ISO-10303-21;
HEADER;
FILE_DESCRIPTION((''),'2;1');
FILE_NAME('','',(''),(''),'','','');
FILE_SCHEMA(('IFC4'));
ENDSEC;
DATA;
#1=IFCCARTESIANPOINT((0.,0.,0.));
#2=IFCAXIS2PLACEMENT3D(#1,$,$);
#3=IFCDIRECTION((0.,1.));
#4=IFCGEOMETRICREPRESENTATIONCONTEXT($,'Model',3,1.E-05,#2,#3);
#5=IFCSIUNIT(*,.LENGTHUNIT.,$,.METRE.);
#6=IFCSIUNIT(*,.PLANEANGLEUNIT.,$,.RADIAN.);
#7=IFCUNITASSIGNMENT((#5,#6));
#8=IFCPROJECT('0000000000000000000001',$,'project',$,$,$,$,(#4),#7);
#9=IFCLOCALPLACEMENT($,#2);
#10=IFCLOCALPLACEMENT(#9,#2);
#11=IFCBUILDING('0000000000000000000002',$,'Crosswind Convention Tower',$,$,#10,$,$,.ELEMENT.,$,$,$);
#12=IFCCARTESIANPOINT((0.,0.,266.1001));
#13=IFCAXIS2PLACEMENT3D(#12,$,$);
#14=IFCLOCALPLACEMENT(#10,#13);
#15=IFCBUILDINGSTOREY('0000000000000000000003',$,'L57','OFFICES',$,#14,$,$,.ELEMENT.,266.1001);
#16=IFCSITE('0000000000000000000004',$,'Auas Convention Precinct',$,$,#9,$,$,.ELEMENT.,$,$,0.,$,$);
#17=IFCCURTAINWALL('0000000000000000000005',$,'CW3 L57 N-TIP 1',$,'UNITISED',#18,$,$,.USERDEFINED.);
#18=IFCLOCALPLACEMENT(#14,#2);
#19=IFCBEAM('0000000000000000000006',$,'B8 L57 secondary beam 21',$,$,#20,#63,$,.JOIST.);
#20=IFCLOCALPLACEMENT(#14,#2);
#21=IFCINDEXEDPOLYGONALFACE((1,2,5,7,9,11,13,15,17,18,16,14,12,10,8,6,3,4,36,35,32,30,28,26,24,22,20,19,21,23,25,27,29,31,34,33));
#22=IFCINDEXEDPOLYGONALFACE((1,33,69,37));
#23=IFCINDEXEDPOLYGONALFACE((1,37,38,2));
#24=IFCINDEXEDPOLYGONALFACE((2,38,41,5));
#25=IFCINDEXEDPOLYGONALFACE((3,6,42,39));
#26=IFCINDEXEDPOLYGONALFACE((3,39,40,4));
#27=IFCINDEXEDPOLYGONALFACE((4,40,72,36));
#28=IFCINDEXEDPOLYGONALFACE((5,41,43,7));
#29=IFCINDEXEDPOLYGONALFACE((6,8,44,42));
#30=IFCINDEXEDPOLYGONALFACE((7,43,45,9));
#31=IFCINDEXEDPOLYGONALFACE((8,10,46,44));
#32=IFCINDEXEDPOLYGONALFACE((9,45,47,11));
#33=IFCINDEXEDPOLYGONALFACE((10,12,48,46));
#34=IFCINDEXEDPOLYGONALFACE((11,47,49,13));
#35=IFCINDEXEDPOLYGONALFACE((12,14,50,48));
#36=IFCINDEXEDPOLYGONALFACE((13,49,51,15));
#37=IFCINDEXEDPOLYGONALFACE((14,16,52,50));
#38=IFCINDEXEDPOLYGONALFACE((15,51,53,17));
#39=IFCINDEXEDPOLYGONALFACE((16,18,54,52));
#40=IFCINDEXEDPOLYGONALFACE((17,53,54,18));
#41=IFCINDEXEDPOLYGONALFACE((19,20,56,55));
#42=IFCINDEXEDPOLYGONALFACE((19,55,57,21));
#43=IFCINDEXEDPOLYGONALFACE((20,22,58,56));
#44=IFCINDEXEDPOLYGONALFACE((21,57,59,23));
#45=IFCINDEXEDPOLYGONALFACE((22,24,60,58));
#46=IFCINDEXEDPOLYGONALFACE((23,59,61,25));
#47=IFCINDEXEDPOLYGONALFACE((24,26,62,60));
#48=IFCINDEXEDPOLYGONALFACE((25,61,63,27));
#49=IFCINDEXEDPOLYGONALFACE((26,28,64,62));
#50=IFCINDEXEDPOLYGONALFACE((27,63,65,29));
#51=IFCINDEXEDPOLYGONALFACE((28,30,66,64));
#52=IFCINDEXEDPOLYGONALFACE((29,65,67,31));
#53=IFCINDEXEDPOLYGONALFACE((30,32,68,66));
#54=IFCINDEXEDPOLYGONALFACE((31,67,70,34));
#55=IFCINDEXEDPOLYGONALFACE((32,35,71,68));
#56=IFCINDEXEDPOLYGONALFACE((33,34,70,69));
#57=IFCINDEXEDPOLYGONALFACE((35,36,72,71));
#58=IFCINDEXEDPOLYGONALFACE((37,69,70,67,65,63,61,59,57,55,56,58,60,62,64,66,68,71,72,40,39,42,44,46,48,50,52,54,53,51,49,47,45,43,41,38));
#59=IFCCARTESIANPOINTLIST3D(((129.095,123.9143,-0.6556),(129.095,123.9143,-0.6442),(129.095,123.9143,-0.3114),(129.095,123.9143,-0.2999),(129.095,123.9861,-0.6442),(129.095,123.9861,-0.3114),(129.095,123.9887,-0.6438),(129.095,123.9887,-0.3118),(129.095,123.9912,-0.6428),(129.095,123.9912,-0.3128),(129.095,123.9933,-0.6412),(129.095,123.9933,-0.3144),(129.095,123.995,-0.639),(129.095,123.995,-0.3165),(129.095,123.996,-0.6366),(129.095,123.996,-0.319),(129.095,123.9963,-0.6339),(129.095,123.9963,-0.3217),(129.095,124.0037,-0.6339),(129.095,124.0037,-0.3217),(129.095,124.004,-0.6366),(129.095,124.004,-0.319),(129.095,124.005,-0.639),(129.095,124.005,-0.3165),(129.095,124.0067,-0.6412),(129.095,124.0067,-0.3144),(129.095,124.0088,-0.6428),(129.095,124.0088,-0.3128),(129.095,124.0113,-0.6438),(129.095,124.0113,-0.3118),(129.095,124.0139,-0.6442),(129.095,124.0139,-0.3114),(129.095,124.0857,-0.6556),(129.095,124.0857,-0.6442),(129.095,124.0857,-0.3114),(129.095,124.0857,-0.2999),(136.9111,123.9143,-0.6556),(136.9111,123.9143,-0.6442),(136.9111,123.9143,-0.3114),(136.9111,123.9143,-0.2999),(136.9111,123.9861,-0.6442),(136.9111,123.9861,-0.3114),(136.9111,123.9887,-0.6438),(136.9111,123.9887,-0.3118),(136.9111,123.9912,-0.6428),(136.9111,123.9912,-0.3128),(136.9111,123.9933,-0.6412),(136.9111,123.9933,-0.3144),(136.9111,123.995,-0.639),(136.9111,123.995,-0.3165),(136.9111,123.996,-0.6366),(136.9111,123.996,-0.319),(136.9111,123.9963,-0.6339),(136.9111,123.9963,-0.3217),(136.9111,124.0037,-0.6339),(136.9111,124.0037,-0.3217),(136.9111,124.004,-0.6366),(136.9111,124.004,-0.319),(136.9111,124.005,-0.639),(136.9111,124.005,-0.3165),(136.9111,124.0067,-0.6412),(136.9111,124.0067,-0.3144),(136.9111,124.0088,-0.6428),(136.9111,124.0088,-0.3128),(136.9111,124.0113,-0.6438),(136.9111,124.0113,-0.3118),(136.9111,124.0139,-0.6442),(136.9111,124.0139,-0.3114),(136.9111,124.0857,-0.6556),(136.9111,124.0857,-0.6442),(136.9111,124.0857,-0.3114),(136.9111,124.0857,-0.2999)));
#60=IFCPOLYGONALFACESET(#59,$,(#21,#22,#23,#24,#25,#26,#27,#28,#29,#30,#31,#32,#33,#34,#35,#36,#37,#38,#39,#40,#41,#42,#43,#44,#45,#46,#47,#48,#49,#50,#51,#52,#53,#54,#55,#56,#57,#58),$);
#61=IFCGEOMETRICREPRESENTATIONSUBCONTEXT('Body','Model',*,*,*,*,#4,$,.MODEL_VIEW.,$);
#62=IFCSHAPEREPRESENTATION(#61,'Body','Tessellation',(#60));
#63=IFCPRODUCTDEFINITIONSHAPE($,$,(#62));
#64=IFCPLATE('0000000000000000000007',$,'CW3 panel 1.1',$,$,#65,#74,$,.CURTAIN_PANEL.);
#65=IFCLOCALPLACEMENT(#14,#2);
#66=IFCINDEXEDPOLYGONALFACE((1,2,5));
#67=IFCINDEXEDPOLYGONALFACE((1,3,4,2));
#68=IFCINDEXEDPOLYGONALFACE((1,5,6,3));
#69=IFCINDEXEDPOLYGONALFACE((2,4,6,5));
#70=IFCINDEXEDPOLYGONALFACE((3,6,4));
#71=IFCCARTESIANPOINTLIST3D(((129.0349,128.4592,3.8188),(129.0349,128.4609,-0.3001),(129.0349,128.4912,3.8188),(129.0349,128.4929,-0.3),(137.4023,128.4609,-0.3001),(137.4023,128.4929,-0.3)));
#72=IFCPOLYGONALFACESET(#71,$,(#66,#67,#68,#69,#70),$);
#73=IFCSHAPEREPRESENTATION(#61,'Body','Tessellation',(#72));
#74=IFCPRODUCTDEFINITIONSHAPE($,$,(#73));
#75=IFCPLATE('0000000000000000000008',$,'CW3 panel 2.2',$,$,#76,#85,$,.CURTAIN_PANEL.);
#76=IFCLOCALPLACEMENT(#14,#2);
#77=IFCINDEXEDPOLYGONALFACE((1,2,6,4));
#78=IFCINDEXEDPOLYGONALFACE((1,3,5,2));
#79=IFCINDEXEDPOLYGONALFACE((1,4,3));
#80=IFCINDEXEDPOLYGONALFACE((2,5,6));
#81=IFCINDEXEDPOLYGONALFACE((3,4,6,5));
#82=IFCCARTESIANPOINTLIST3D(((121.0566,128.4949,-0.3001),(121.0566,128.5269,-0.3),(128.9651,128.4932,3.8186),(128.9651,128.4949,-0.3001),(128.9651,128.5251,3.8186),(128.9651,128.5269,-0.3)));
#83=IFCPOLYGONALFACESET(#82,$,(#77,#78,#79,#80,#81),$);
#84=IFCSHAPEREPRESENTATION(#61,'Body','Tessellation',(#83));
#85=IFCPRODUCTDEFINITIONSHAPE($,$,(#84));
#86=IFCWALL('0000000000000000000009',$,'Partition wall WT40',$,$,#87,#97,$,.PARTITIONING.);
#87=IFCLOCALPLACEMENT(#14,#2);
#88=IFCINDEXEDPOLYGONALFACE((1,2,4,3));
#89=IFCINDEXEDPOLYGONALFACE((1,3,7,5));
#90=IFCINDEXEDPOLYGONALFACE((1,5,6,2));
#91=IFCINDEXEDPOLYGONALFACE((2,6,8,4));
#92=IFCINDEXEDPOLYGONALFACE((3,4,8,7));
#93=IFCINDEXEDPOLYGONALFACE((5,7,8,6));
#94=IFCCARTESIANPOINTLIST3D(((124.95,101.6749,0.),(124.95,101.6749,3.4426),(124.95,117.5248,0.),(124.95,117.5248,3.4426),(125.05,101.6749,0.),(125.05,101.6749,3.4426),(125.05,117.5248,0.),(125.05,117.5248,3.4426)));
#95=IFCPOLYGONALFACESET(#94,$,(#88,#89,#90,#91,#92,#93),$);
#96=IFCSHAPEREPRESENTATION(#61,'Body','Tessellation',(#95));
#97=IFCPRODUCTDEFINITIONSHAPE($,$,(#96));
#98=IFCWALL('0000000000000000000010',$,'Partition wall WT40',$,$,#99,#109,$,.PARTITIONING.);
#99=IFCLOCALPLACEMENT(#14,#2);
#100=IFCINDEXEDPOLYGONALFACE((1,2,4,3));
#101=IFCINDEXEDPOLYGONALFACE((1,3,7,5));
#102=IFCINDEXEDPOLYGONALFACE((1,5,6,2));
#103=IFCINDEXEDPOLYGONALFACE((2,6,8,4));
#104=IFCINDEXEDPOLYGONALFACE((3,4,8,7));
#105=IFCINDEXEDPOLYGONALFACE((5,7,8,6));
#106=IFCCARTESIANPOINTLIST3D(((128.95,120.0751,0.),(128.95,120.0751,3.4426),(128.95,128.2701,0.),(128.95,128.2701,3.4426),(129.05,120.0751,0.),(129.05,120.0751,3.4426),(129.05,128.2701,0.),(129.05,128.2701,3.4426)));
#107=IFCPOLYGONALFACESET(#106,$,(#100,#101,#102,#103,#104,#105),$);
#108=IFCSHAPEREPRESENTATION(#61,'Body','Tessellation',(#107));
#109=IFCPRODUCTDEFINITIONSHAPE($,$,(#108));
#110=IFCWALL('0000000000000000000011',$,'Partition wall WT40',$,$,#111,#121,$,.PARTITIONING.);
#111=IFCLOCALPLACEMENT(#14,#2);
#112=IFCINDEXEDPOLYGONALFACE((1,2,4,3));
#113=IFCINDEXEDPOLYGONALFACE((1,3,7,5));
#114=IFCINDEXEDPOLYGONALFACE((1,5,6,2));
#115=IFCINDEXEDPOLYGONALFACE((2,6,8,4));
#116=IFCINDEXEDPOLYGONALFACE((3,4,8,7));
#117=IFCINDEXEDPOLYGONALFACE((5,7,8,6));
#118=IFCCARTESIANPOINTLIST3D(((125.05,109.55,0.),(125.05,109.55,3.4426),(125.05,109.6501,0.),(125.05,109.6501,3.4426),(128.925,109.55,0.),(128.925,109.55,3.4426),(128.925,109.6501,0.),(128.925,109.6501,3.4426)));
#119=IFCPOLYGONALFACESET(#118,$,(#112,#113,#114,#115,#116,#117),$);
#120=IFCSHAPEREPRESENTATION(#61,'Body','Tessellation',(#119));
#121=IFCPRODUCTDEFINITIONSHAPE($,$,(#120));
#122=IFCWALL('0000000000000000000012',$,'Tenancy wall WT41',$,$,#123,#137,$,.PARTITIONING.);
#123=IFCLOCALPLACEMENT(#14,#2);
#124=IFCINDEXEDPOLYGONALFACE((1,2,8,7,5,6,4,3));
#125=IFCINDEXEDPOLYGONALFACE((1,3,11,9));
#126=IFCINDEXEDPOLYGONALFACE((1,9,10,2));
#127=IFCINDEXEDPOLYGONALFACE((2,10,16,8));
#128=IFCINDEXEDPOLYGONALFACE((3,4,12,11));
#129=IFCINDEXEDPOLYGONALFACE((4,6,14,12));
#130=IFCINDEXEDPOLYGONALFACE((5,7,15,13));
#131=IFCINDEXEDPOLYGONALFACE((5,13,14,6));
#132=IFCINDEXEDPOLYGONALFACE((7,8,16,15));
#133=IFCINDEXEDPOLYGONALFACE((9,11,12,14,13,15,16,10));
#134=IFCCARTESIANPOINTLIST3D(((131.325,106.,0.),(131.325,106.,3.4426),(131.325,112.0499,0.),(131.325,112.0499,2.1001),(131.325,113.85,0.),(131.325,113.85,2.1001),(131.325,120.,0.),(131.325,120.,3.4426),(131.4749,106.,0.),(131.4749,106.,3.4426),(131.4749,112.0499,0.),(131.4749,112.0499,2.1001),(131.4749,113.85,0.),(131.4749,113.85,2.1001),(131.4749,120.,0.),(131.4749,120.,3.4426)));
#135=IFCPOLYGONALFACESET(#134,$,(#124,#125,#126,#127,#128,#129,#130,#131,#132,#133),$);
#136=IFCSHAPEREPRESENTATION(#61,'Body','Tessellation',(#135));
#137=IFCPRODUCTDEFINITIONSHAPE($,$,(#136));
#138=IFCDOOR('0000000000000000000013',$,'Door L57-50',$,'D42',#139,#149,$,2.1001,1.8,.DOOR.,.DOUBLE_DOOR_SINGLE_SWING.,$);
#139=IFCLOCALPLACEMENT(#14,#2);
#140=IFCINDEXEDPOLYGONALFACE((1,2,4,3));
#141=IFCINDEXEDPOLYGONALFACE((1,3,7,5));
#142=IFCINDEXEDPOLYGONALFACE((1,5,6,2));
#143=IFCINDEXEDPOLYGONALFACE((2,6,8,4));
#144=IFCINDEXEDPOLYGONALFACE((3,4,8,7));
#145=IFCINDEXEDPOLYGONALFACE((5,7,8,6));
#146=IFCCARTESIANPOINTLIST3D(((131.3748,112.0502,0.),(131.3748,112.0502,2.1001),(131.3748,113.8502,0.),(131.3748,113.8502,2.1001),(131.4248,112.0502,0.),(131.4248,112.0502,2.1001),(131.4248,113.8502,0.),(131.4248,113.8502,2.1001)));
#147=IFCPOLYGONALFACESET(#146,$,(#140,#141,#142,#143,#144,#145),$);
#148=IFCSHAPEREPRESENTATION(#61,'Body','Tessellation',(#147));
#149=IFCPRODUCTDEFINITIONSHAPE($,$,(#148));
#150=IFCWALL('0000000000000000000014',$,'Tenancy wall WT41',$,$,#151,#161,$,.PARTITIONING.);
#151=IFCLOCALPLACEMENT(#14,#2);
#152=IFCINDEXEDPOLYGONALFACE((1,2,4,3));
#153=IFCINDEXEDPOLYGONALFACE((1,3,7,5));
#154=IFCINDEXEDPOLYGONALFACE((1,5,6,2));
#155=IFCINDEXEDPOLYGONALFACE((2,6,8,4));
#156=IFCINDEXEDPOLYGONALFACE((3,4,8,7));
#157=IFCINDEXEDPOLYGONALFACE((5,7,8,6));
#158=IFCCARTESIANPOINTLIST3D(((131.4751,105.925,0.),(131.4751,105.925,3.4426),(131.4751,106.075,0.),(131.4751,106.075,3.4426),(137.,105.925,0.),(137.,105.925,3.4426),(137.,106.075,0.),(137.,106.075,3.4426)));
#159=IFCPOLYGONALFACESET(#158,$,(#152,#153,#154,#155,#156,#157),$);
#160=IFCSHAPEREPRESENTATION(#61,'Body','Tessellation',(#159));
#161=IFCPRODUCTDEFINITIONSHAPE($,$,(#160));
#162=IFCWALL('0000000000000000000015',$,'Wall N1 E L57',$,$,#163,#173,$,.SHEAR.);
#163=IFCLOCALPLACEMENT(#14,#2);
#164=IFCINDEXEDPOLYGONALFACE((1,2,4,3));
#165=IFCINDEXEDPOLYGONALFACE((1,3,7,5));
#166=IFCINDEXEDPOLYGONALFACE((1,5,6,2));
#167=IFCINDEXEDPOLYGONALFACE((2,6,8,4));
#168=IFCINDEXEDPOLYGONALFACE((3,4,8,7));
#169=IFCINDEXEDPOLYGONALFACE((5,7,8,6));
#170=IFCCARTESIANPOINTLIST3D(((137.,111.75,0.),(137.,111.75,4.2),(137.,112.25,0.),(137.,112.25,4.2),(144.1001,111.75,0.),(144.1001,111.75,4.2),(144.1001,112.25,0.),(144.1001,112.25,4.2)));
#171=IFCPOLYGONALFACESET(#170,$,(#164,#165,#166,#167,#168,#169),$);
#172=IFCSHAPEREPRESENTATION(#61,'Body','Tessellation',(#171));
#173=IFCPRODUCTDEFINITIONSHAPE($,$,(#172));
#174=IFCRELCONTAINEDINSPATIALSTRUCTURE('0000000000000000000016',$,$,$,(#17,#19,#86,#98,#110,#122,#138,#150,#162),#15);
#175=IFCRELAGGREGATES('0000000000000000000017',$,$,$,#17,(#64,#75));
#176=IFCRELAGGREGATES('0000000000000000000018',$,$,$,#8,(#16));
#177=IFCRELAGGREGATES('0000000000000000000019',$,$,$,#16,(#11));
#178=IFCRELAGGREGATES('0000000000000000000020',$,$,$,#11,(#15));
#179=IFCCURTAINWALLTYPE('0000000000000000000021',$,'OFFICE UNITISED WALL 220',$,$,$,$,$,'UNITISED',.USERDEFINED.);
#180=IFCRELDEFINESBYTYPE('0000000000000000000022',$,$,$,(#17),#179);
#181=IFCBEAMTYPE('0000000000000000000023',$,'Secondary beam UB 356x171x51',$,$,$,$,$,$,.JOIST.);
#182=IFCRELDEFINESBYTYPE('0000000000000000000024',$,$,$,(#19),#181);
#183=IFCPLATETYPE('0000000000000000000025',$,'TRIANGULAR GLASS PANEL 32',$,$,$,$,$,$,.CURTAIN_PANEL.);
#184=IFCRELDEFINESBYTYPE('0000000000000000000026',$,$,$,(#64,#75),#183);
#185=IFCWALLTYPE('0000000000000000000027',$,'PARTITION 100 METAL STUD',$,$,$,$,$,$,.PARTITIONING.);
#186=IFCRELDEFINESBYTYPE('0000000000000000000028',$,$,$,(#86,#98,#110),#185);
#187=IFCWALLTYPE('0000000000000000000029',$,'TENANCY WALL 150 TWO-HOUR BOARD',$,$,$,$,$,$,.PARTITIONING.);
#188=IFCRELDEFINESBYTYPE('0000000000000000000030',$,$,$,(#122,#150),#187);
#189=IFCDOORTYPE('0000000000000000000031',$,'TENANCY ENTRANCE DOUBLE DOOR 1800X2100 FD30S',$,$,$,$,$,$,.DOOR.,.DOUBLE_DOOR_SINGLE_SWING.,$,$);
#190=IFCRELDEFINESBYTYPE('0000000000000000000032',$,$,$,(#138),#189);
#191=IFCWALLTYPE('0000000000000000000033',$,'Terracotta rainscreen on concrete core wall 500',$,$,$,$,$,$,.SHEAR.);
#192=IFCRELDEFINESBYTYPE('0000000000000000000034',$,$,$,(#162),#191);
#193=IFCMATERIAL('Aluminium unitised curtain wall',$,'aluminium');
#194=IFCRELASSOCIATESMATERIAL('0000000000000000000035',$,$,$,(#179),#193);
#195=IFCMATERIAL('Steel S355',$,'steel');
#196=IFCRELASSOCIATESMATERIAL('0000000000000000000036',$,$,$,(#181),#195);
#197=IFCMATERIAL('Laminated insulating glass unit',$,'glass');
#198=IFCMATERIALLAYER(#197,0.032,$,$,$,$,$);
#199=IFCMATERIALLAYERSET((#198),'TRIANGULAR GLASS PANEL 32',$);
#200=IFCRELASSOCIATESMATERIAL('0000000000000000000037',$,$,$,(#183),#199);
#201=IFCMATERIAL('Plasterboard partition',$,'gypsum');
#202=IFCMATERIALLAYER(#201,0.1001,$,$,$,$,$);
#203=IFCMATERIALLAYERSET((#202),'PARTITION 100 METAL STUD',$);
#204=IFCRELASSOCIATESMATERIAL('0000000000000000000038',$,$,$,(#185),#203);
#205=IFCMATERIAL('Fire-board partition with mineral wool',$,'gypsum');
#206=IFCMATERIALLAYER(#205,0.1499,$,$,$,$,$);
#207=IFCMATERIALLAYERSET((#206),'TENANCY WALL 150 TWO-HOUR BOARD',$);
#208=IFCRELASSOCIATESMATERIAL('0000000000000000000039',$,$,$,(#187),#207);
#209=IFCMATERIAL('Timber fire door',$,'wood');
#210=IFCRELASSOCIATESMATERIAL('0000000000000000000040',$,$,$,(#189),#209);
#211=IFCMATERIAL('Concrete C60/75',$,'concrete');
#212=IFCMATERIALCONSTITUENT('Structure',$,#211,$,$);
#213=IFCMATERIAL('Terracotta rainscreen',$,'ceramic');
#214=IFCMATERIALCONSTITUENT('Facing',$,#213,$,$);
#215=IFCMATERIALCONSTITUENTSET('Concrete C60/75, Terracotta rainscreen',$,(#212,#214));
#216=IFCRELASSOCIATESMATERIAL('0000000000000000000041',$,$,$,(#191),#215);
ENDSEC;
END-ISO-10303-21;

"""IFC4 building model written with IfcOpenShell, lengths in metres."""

from ifc_helpers import new_model, si_unit, direction, frame, frame_2d, origin, origin_2d, place, context, subcontext, project, spatial, polyline, rectangle, i_section, outline, extrude, material, layer, layer_set, constituent, constituent_set, material_profile, profile_set, type_object, element, fill, aggregate, save


model = new_model("IFC4")

# Units and contexts
model_context = context("Model", 3, precision=1e-05, world=origin(), true_north=direction((0.0, 1.0)))
body_context = subcontext(model_context, "Body", "Model", "MODEL_VIEW")
ifc_project = project(units=[si_unit("LENGTHUNIT", "METRE"), si_unit("PLANEANGLEUNIT", "RADIAN")], contexts=[model_context])

# Site, building, storey
site_placement = place(None, origin())
site = spatial("IfcSite", under=ifc_project, at=site_placement, Name="Auas Convention Precinct", CompositionType="ELEMENT", RefElevation=0.0)
building_placement = place(site_placement, origin())
building = spatial("IfcBuilding", under=site, at=building_placement, Name="Crosswind Convention Tower", CompositionType="ELEMENT")
storey_placement = place(building_placement, frame((0.0, 0.0, 266.1001)))
storey = spatial("IfcBuildingStorey", under=building, at=storey_placement, Name="L57", Description="OFFICES", CompositionType="ELEMENT", Elevation=266.1001)

# Shared definitions
ifc_material_1 = material(Name="Concrete C60/75", Category="concrete")

# Shared definitions
ifc_material_2 = material(Name="Steel S355", Category="steel")

# Curtain wall
ifc_material_3 = material(Name="Aluminium unitised curtain wall", Category="aluminium")
curtain_wall_type = type_object("IfcCurtainWallType", Name="OFFICE UNITISED WALL 220", ElementType="UNITISED", PredefinedType="USERDEFINED", material=ifc_material_3)
curtain_wall_placement = place(storey_placement, origin())
curtain_wall = element("IfcCurtainWall", 1, at=curtain_wall_placement, inside=storey, type_object=curtain_wall_type, Name="CW3 L57 N-TIP 1", ObjectType="UNITISED", PredefinedType="USERDEFINED")

# Beam
ifc_material_profile_1 = material_profile(ifc_material_2, i_section(OverallWidth=0.1714, OverallDepth=0.3557, WebThickness=0.0073, FlangeThickness=0.0115, FilletRadius=0.0103, at=origin_2d()), Name="UB 356x171x51")
ifc_profile_set_1 = profile_set([ifc_material_profile_1], Name="Steel S355")
beam_type_1 = type_object("IfcBeamType", Name="Secondary beam UB 356x171x51", PredefinedType="JOIST", material=ifc_profile_set_1)
for number, where, z_axis, x_axis, name in (
    (2, (129.095, 124.0, -0.4778), (1.0, 0.0, 0.0), (0.0, 1.0, 0.0), "B8 L57 secondary beam 21"),
):
    element("IfcBeam", number, at=place(storey_placement, frame(where, z_axis=z_axis, x_axis=x_axis)), inside=storey, type_object=beam_type_1, Name=name, PredefinedType="JOIST", context=body_context, shape_type="SweptSolid", body=[
        extrude(i_section(OverallWidth=0.1714, OverallDepth=0.3557, WebThickness=0.0073, FlangeThickness=0.0115, FilletRadius=0.0103, at=origin_2d()), origin(), (0.0, 0.0, 1.0), 7.8162),
    ])

# Plates
ifc_material_4 = material(Name="Laminated insulating glass unit", Category="glass")
ifc_layer_1 = layer(ifc_material_4, 0.032)
ifc_layer_set_1 = layer_set([ifc_layer_1], Name="TRIANGULAR GLASS PANEL 32")
plate_type = type_object("IfcPlateType", Name="TRIANGULAR GLASS PANEL 32", PredefinedType="CURTAIN_PANEL", material=ifc_layer_set_1)
plate_1_placement = place(storey_placement, frame((129.0349, 128.4929, -0.3), z_axis=(0.0, 1.0, 0.000415), x_axis=(0.0, -0.000415, 1.0)))
plate_1 = element("IfcPlate", 3, at=plate_1_placement, type_object=plate_type, Name="CW3 panel 1.1", PredefinedType="CURTAIN_PANEL", context=body_context, shape_type="SweptSolid", body=[
    extrude(outline(polyline([(0.0, 0.0), (4.1189, 0.0), (0.0, 8.3674), (0.0, 0.0)])), origin(), (0.0, 0.0, -1.0), 0.032),
])
plate_2_placement = place(storey_placement, frame((128.9651, 128.5269, -0.3), z_axis=(0.0, 1.0, 0.000415), x_axis=(-1.0, 0.0, 0.0)))
plate_2 = element("IfcPlate", 4, at=plate_2_placement, type_object=plate_type, Name="CW3 panel 2.2", PredefinedType="CURTAIN_PANEL", context=body_context, shape_type="SweptSolid", body=[
    extrude(outline(polyline([(0.0, 0.0), (7.9084, 0.0), (0.0, 4.1187), (0.0, 0.0)])), origin(), (0.0, 0.0, -1.0), 0.032),
])
aggregate(curtain_wall, [plate_1, plate_2])

# Walls
ifc_material_5 = material(Name="Plasterboard partition", Category="gypsum")
ifc_layer_2 = layer(ifc_material_5, 0.1001)
ifc_layer_set_2 = layer_set([ifc_layer_2], Name="PARTITION 100 METAL STUD")
wall_type_1 = type_object("IfcWallType", Name="PARTITION 100 METAL STUD", PredefinedType="PARTITIONING", material=ifc_layer_set_2)
wall_1_placement = place(storey_placement, frame((125.0, 101.675, 0.0), z_axis=(0.0, 0.0, 1.0), x_axis=(0.0, 1.0, 0.0)))
element("IfcWall", 5, at=wall_1_placement, inside=storey, type_object=wall_type_1, Name="Partition wall WT40", PredefinedType="PARTITIONING", context=body_context, shape_type="SweptSolid", body=[
    extrude(rectangle(XDim=15.8499, YDim=0.1001, at=frame_2d((7.9248, 0.0))), origin(), (0.0, 0.0, 1.0), 3.4426),
])
wall_2_placement = place(storey_placement, frame((129.0, 120.075, 0.0), z_axis=(0.0, 0.0, 1.0), x_axis=(0.0, 1.0, 0.0)))
element("IfcWall", 6, at=wall_2_placement, inside=storey, type_object=wall_type_1, Name="Partition wall WT40", PredefinedType="PARTITIONING", context=body_context, shape_type="SweptSolid", body=[
    extrude(rectangle(XDim=8.1951, YDim=0.1001, at=frame_2d((4.0977, 0.0))), origin(), (0.0, 0.0, 1.0), 3.4426),
])
wall_3_placement = place(storey_placement, frame((125.05, 109.6001, 0.0), z_axis=(0.0, 0.0, 1.0), x_axis=(1.0, 0.0, 0.0)))
element("IfcWall", 7, at=wall_3_placement, inside=storey, type_object=wall_type_1, Name="Partition wall WT40", PredefinedType="PARTITIONING", context=body_context, shape_type="SweptSolid", body=[
    extrude(rectangle(XDim=3.875, YDim=0.1001, at=frame_2d((1.9375, 0.0))), origin(), (0.0, 0.0, 1.0), 3.4426),
])

# Wall, opening, door
ifc_material_6 = material(Name="Fire-board partition with mineral wool", Category="gypsum")
ifc_layer_3 = layer(ifc_material_6, 0.1499)
ifc_layer_set_3 = layer_set([ifc_layer_3], Name="TENANCY WALL 150 TWO-HOUR BOARD")
wall_type_2 = type_object("IfcWallType", Name="TENANCY WALL 150 TWO-HOUR BOARD", PredefinedType="PARTITIONING", material=ifc_layer_set_3)
wall_4_placement = place(storey_placement, frame((131.3999, 106.0, 0.0), z_axis=(0.0, 0.0, 1.0), x_axis=(0.0, 1.0, 0.0)))
wall_4 = element("IfcWall", 8, at=wall_4_placement, inside=storey, type_object=wall_type_2, Name="Tenancy wall WT41", PredefinedType="PARTITIONING", context=body_context, shape_type="SweptSolid", body=[
    extrude(rectangle(XDim=14.0, YDim=0.1499, at=frame_2d((7.0, 0.0))), origin(), (0.0, 0.0, 1.0), 3.4426),
])
opening_placement = place(wall_4_placement, frame((6.05, 0.0, 0.0)))
opening = element("IfcOpeningElement", 9, at=opening_placement, cuts=wall_4, PredefinedType="OPENING", context=body_context, shape_type="SweptSolid", body=[
    extrude(rectangle(XDim=1.8, YDim=2.1001, at=frame_2d((0.8999, 1.05))), frame((0.0, 0.085, 0.0), z_axis=(0.0, -1.0, 0.0), x_axis=(1.0, 0.0, 0.0)), (0.0, 0.0, 1.0), 0.1699),
])
ifc_material_7 = material(Name="Timber fire door", Category="wood")
door_type = type_object("IfcDoorType", Name="TENANCY ENTRANCE DOUBLE DOOR 1800X2100 FD30S", OperationType="DOUBLE_DOOR_SINGLE_SWING", PredefinedType="DOOR", material=ifc_material_7)
door_placement = place(opening_placement, frame((1.8, 0.0, 0.0), z_axis=(0.0, 0.0, 1.0), x_axis=(-1.0, 0.0, 0.0)))
door = element("IfcDoor", 10, at=door_placement, inside=storey, type_object=door_type, Name="Door L57-50", ObjectType="D42", OperationType="DOUBLE_DOOR_SINGLE_SWING", OverallHeight=2.1001, OverallWidth=1.8, PredefinedType="DOOR", context=body_context, shape_type="SweptSolid", body=[
    extrude(rectangle(XDim=1.8, YDim=2.1001, at=frame_2d((0.8999, 1.05))), frame((0.0, 0.0249, 0.0), z_axis=(0.0, -1.0, 0.0), x_axis=(1.0, 0.0, 0.0)), (0.0, 0.0, 1.0), 0.05),
])
fill(opening, door)

# Walls
wall_5_placement = place(storey_placement, frame((131.4751, 106.0, 0.0), z_axis=(0.0, 0.0, 1.0), x_axis=(1.0, 0.0, 0.0)))
element("IfcWall", 11, at=wall_5_placement, inside=storey, type_object=wall_type_2, Name="Tenancy wall WT41", PredefinedType="PARTITIONING", context=body_context, shape_type="SweptSolid", body=[
    extrude(rectangle(XDim=5.5249, YDim=0.1499, at=frame_2d((2.7625, 0.0))), origin(), (0.0, 0.0, 1.0), 3.4426),
])
ifc_constituent_1 = constituent(ifc_material_1, Name="Structure")
ifc_material_8 = material(Name="Terracotta rainscreen", Category="ceramic")
ifc_constituent_2 = constituent(ifc_material_8, Name="Facing")
ifc_constituent_set = constituent_set(constituents=[ifc_constituent_1, ifc_constituent_2], Name="Concrete C60/75, Terracotta rainscreen")
wall_type_3 = type_object("IfcWallType", Name="Terracotta rainscreen on concrete core wall 500", PredefinedType="SHEAR", material=ifc_constituent_set)
wall_6_placement = place(storey_placement, frame((137.0, 112.0, 0.0), z_axis=(0.0, 0.0, 1.0), x_axis=(1.0, 0.0, 0.0)))
element("IfcWall", 12, at=wall_6_placement, inside=storey, type_object=wall_type_3, Name="Wall N1 E L57", PredefinedType="SHEAR", context=body_context, shape_type="SweptSolid", body=[
    extrude(rectangle(XDim=7.1001, YDim=0.5, at=frame_2d((3.55, 0.0))), origin(), (0.0, 0.0, 1.0), 4.2),
])

save(model, "model.ifc")
